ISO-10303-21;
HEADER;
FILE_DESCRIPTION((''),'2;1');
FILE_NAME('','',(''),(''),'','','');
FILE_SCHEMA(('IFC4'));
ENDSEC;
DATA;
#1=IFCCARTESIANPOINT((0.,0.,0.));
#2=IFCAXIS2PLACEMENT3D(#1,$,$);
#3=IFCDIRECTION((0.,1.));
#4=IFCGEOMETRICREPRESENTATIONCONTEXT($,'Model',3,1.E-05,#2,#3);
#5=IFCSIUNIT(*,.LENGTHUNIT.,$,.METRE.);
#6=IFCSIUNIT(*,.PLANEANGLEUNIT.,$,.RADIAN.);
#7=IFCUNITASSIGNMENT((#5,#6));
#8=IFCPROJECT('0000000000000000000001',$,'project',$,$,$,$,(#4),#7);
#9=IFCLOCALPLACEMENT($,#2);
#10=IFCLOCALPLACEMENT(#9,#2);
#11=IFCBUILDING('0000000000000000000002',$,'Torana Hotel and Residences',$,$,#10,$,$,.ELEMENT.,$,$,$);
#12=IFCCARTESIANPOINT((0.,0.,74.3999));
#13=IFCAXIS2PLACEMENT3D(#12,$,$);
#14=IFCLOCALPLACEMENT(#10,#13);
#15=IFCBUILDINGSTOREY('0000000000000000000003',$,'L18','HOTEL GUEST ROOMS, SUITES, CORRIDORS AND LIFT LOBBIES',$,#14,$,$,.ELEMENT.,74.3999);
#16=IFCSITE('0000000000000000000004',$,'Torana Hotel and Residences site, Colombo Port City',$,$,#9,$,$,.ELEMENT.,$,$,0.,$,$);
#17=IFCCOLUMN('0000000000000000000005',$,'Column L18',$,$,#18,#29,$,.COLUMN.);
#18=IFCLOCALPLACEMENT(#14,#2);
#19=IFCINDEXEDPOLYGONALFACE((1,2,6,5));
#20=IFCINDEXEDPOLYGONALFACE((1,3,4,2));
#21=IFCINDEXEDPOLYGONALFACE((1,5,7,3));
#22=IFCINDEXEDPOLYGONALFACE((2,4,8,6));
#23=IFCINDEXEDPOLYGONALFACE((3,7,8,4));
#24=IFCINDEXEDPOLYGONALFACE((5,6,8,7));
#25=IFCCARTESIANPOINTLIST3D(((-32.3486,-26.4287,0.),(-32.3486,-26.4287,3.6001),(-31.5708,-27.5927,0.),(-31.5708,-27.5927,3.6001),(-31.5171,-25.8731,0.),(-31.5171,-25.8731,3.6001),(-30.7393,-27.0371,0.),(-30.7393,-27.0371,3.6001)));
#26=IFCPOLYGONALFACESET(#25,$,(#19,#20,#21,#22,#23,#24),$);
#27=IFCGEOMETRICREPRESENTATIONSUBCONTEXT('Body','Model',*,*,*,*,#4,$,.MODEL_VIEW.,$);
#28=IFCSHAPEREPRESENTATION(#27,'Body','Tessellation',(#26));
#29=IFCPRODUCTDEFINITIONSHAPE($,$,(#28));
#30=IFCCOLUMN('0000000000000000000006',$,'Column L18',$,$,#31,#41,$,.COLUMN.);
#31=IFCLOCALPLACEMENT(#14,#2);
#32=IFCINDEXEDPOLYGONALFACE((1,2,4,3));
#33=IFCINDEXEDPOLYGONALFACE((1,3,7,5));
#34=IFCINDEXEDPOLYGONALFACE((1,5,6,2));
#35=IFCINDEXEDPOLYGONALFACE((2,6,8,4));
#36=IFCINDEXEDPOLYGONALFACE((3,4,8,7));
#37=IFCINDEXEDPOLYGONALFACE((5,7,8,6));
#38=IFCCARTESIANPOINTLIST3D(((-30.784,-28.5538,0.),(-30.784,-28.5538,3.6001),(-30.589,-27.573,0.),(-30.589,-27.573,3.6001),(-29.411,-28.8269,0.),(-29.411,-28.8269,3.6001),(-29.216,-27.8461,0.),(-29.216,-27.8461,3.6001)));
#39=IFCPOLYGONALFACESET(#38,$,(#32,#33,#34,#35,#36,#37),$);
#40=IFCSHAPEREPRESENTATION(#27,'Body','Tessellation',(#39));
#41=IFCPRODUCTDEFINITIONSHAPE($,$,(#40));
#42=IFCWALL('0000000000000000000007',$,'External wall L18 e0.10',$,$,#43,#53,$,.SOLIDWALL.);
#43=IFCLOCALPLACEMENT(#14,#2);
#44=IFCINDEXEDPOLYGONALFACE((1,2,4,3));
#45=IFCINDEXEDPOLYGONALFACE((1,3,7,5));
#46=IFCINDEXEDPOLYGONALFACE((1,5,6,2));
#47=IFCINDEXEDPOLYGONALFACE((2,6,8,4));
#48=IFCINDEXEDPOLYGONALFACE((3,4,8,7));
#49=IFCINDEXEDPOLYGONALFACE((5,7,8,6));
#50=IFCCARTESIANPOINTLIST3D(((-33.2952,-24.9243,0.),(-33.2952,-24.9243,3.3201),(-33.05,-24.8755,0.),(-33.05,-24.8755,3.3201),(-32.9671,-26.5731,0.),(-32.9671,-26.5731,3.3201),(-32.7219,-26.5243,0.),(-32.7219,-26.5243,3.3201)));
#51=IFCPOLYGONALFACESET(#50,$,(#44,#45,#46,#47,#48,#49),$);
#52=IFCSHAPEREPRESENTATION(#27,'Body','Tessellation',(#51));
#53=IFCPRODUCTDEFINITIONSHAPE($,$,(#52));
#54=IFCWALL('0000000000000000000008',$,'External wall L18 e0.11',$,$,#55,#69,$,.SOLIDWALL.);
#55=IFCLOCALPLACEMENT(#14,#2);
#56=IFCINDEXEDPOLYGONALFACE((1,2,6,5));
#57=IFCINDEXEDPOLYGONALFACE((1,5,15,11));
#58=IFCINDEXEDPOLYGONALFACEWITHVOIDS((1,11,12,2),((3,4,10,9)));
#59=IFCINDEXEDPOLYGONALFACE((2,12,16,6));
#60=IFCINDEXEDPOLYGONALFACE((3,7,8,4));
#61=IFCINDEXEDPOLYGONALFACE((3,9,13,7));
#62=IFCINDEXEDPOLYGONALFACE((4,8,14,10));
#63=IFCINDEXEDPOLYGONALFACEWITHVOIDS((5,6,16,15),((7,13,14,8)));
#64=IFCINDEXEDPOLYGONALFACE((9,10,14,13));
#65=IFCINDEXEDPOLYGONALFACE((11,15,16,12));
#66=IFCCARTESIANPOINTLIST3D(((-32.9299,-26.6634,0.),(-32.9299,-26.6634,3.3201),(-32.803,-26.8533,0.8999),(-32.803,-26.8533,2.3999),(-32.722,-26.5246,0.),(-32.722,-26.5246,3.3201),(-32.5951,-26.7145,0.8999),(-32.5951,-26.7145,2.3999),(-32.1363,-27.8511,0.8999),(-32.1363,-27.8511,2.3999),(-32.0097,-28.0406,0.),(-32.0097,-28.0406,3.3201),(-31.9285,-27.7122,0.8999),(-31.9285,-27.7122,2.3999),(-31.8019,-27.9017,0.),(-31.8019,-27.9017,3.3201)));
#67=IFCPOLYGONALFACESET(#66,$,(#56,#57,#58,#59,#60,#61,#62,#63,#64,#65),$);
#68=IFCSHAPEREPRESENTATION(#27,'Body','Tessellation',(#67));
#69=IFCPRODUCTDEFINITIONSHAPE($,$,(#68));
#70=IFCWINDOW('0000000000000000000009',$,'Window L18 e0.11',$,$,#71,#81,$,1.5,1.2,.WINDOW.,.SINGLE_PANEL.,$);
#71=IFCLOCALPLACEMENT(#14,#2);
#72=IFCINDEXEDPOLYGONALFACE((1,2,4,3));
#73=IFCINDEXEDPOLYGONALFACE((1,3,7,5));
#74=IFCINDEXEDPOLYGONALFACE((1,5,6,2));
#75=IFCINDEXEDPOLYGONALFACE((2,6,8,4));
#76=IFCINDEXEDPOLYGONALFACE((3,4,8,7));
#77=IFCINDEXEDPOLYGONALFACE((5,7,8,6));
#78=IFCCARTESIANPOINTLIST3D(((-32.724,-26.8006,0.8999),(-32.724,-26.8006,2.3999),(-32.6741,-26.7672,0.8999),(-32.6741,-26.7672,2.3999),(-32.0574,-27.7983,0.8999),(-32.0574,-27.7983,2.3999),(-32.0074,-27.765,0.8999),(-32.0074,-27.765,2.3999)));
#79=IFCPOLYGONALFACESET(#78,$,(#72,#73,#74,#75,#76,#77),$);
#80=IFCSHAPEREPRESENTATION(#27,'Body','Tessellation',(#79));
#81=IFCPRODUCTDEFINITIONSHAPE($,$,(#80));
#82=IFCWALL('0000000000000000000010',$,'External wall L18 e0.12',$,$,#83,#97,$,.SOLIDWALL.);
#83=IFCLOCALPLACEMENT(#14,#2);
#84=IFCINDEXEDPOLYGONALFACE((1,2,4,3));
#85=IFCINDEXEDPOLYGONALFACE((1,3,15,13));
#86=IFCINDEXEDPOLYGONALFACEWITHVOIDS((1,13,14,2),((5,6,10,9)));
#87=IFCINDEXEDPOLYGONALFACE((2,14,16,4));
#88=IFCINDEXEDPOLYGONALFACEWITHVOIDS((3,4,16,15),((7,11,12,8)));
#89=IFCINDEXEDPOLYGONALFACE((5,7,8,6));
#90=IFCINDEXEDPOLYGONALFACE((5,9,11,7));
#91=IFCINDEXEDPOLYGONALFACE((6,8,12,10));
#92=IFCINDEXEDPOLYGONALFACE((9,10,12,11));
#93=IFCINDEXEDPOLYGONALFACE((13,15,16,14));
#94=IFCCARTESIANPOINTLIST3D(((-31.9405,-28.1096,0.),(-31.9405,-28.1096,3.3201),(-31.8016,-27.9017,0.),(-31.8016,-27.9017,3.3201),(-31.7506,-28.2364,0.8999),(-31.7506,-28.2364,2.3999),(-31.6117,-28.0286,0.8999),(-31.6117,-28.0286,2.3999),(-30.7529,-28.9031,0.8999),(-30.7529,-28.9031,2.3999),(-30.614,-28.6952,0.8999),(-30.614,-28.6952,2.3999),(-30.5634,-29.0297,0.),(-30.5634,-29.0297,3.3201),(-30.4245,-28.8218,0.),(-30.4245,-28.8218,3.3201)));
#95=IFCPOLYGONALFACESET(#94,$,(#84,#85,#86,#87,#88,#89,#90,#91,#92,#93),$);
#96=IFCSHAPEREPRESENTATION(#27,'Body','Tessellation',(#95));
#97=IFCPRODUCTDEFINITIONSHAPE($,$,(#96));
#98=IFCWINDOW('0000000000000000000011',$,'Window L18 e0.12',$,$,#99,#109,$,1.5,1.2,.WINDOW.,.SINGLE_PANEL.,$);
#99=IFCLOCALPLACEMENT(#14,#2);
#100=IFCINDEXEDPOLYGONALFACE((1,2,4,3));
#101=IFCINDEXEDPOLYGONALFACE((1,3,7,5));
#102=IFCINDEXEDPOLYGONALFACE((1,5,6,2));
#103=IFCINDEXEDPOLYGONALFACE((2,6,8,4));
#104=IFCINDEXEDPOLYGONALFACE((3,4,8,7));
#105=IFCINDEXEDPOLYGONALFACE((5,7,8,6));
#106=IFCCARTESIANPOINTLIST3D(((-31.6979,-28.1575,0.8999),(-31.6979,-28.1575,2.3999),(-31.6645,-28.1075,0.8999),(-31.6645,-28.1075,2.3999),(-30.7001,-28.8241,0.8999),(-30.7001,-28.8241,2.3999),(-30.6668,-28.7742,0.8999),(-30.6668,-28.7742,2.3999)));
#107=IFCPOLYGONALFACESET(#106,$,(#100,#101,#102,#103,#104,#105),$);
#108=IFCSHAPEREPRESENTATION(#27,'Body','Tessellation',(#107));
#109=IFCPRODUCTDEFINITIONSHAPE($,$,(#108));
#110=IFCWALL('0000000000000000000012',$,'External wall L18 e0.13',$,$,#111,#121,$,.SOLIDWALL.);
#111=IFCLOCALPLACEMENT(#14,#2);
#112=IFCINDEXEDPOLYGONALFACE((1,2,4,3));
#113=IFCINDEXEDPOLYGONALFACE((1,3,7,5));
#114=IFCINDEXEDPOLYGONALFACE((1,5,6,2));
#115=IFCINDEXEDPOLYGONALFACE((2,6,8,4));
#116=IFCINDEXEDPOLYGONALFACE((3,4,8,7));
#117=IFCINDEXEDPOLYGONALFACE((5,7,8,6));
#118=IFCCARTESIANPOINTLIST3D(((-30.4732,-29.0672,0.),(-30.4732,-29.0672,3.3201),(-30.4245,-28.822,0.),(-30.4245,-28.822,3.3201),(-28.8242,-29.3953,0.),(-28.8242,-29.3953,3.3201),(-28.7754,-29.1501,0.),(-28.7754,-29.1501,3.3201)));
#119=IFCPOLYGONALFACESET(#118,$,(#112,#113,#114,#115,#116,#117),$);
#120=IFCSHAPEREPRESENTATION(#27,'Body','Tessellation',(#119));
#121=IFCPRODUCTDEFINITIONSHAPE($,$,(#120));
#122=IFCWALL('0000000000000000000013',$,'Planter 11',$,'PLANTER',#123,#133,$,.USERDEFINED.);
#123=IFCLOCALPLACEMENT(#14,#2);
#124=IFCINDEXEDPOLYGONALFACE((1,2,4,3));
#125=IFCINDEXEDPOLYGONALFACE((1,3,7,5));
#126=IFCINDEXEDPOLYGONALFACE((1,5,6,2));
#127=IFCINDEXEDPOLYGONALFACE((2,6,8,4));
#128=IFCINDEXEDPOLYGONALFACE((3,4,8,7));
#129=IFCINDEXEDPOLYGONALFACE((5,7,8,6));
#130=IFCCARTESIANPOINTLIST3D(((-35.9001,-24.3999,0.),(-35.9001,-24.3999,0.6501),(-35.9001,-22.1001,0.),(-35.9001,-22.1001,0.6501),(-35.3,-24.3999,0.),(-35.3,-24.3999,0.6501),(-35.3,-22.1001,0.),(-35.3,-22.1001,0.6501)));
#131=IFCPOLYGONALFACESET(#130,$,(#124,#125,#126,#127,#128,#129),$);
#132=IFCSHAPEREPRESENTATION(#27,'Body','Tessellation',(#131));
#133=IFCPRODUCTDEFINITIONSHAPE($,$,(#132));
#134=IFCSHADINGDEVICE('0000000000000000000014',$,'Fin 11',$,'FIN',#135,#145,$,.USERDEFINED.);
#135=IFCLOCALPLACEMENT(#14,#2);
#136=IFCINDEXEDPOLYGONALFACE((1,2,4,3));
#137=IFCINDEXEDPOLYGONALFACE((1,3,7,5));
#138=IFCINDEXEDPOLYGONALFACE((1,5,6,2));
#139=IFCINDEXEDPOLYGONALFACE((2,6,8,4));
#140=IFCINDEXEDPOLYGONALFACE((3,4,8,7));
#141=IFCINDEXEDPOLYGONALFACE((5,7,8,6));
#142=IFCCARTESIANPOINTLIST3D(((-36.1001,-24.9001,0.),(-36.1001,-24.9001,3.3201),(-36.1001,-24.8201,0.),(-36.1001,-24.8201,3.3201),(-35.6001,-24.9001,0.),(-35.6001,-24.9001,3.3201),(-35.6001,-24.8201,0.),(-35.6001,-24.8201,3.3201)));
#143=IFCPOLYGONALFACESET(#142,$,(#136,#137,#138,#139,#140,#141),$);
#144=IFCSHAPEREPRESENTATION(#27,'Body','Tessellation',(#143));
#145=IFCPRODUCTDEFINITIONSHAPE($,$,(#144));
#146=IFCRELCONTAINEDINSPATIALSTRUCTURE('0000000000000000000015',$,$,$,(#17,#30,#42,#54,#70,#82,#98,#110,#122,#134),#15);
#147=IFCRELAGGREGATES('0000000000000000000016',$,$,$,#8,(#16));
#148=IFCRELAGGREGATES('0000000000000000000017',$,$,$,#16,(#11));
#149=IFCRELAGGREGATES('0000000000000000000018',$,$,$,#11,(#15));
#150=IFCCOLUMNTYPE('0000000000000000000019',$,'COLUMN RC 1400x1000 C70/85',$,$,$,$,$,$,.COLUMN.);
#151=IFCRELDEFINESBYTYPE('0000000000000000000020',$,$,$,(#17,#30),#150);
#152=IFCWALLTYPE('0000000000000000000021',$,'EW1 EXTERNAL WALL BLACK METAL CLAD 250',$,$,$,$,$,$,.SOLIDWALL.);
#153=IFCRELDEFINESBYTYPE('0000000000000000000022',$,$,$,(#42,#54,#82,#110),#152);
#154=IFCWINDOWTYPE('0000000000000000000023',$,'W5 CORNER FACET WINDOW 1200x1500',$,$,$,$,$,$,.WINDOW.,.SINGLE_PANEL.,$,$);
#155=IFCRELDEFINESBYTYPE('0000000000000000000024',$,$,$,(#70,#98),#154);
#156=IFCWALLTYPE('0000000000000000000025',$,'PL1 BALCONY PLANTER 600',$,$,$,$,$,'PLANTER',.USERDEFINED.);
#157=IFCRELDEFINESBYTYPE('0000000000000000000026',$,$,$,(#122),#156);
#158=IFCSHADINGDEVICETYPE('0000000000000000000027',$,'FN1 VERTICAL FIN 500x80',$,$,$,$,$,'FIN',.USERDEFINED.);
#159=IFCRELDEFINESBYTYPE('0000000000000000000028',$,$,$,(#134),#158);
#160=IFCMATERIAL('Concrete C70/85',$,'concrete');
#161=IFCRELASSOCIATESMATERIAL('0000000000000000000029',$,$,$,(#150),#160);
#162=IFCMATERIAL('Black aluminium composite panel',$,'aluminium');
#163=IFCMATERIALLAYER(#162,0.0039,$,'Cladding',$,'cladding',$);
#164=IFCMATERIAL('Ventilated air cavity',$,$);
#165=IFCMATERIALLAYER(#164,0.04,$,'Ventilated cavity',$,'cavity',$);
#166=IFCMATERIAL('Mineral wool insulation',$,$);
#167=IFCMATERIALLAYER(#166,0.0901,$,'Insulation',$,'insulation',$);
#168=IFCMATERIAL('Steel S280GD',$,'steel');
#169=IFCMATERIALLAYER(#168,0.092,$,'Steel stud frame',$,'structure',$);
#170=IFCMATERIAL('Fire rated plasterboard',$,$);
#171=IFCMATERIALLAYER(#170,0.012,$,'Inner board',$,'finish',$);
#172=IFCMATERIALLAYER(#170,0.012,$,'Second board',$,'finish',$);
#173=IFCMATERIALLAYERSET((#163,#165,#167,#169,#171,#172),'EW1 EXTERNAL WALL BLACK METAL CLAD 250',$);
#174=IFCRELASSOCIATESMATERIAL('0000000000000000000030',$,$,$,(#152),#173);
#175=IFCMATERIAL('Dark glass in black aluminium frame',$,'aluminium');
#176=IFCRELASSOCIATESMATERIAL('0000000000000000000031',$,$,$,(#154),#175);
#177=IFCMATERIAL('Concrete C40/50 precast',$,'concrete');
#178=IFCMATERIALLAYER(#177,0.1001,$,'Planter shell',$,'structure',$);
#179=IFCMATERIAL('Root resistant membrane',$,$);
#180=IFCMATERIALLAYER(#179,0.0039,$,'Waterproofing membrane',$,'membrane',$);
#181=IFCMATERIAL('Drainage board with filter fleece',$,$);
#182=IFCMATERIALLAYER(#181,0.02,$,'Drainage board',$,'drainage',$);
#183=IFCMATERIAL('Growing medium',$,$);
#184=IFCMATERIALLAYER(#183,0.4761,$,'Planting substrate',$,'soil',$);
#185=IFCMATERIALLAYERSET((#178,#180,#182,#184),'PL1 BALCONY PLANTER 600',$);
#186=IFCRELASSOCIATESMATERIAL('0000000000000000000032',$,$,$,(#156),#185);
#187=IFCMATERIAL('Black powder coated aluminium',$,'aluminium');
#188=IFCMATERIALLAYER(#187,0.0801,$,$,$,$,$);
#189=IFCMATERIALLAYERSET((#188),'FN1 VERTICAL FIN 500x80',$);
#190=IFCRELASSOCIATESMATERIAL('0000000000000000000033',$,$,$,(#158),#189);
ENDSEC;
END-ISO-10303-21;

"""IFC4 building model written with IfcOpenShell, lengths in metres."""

from ifc_helpers import new_model, si_unit, direction, frame, frame_2d, origin, origin_2d, place, context, subcontext, project, spatial, rectangle, extrude, material, layer, layer_set, material_profile, profile_set, type_object, element, fill, save


model = new_model("IFC4")

# Units and contexts
model_context = context("Model", 3, precision=1e-05, world=origin(), true_north=direction((0.0, 1.0)))
body_context = subcontext(model_context, "Body", "Model", "MODEL_VIEW")
ifc_project = project(units=[si_unit("LENGTHUNIT", "METRE"), si_unit("PLANEANGLEUNIT", "RADIAN")], contexts=[model_context])

# Site, building, storey
site_placement = place(None, origin())
site = spatial("IfcSite", under=ifc_project, at=site_placement, Name="Torana Hotel and Residences site, Colombo Port City", CompositionType="ELEMENT", RefElevation=0.0)
building_placement = place(site_placement, origin())
building = spatial("IfcBuilding", under=site, at=building_placement, Name="Torana Hotel and Residences", CompositionType="ELEMENT")
storey_placement = place(building_placement, frame((0.0, 0.0, 74.3999)))
storey = spatial("IfcBuildingStorey", under=building, at=storey_placement, Name="L18", Description="HOTEL GUEST ROOMS, SUITES, CORRIDORS AND LIFT LOBBIES", CompositionType="ELEMENT", Elevation=74.3999)

# Columns
ifc_material_1 = material(Name="Concrete C70/85", Category="concrete")
ifc_material_profile = material_profile(ifc_material_1, rectangle(XDim=1.3999, YDim=1.0, at=origin_2d()), Name="RC 1400x1000")
ifc_profile_set = profile_set([ifc_material_profile], Name="Concrete C70/85")
column_type = type_object("IfcColumnType", Name="COLUMN RC 1400x1000 C70/85", PredefinedType="COLUMN", material=ifc_profile_set)
for number, where, z_axis, x_axis, name in (
    (1, (-31.5439, -26.7329, 0.0), (0.0, 0.0, 1.0), (-0.555585, 0.83146, 0.0), "Column L18"),
    (2, (-30.0, -28.2, 0.0), (0.0, 0.0, 1.0), (-0.980792, 0.195056, 0.0), "Column L18"),
):
    element("IfcColumn", number, at=place(storey_placement, frame(where, z_axis=z_axis, x_axis=x_axis)), inside=storey, type_object=column_type, Name=name, PredefinedType="COLUMN", context=body_context, shape_type="SweptSolid", body=[
        extrude(rectangle(XDim=1.3999, YDim=1.0, at=origin_2d()), origin(), (0.0, 0.0, 1.0), 3.6001),
    ])

# Wall
ifc_material_2 = material(Name="Black aluminium composite panel", Category="aluminium")
ifc_layer_1 = layer(ifc_material_2, 0.0039, Name="Cladding", Category="cladding")
ifc_material_3 = material(Name="Ventilated air cavity")
ifc_layer_2 = layer(ifc_material_3, 0.04, Name="Ventilated cavity", Category="cavity")
ifc_material_4 = material(Name="Mineral wool insulation")
ifc_layer_3 = layer(ifc_material_4, 0.0901, Name="Insulation", Category="insulation")
ifc_material_5 = material(Name="Steel S280GD", Category="steel")
ifc_layer_4 = layer(ifc_material_5, 0.092, Name="Steel stud frame", Category="structure")
ifc_material_6 = material(Name="Fire rated plasterboard")
ifc_layer_5 = layer(ifc_material_6, 0.012, Name="Inner board", Category="finish")
ifc_layer_6 = layer(ifc_material_6, 0.012, Name="Second board", Category="finish")
ifc_layer_set_1 = layer_set([ifc_layer_1, ifc_layer_2, ifc_layer_3, ifc_layer_4, ifc_layer_5, ifc_layer_6], Name="EW1 EXTERNAL WALL BLACK METAL CLAD 250")
wall_type_1 = type_object("IfcWallType", Name="EW1 EXTERNAL WALL BLACK METAL CLAD 250", PredefinedType="SOLIDWALL", material=ifc_layer_set_1)
wall_1_placement = place(storey_placement, frame((-33.1726, -24.8999, 0.0), z_axis=(0.0, 0.0, 1.0), x_axis=(0.195167, -0.98077, 0.0)))
element("IfcWall", 3, at=wall_1_placement, inside=storey, type_object=wall_type_1, Name="External wall L18 e0.10", PredefinedType="SOLIDWALL", context=body_context, shape_type="SweptSolid", body=[
    extrude(rectangle(XDim=1.6812, YDim=0.25, at=frame_2d((0.8406, 0.0))), origin(), (0.0, 0.0, 1.0), 3.3201),
])

# Walls, openings, windows
wall_2_placement = place(storey_placement, frame((-32.8259, -26.594, 0.0), z_axis=(0.0, 0.0, 1.0), x_axis=(0.55555, -0.831483, 0.0)))
wall_2 = element("IfcWall", 4, at=wall_2_placement, inside=storey, type_object=wall_type_1, Name="External wall L18 e0.11", PredefinedType="SOLIDWALL", context=body_context, shape_type="SweptSolid", body=[
    extrude(rectangle(XDim=1.6562, YDim=0.25, at=frame_2d((0.8281, 0.0))), origin(), (0.0, 0.0, 1.0), 3.3201),
])
opening_1_placement = place(wall_2_placement, frame((0.2283, 0.0, 0.8999)))
opening_1 = element("IfcOpeningElement", 5, at=opening_1_placement, cuts=wall_2, PredefinedType="OPENING", context=body_context, shape_type="SweptSolid", body=[
    extrude(rectangle(XDim=1.2, YDim=1.5, at=frame_2d((0.6001, 0.75))), frame((0.0, 0.135, 0.0), z_axis=(0.0, -1.0, 0.0), x_axis=(1.0, 0.0, 0.0)), (0.0, 0.0, 1.0), 0.27),
])
ifc_material_7 = material(Name="Dark glass in black aluminium frame", Category="aluminium")
window_type = type_object("IfcWindowType", Name="W5 CORNER FACET WINDOW 1200x1500", PartitioningType="SINGLE_PANEL", PredefinedType="WINDOW", material=ifc_material_7)
window_1_placement = place(opening_1_placement, origin())
window_1 = element("IfcWindow", 6, at=window_1_placement, inside=storey, type_object=window_type, Name="Window L18 e0.11", OverallHeight=1.5, OverallWidth=1.2, PartitioningType="SINGLE_PANEL", PredefinedType="WINDOW", context=body_context, shape_type="SweptSolid", body=[
    extrude(rectangle(XDim=1.2, YDim=1.5, at=frame_2d((0.6001, 0.75))), frame((0.0, 0.03, 0.0), z_axis=(0.0, -1.0, 0.0), x_axis=(1.0, 0.0, 0.0)), (0.0, 0.0, 1.0), 0.0601),
])
fill(opening_1, window_1)
wall_3_placement = place(storey_placement, frame((-31.8711, -28.0056, 0.0), z_axis=(0.0, 0.0, 1.0), x_axis=(0.831483, -0.55555, 0.0)))
wall_3 = element("IfcWall", 7, at=wall_3_placement, inside=storey, type_object=wall_type_1, Name="External wall L18 e0.12", PredefinedType="SOLIDWALL", context=body_context, shape_type="SweptSolid", body=[
    extrude(rectangle(XDim=1.6562, YDim=0.25, at=frame_2d((0.8281, 0.0))), origin(), (0.0, 0.0, 1.0), 3.3201),
])
opening_2_placement = place(wall_3_placement, frame((0.2283, 0.0, 0.8999)))
opening_2 = element("IfcOpeningElement", 8, at=opening_2_placement, cuts=wall_3, PredefinedType="OPENING", context=body_context, shape_type="SweptSolid", body=[
    extrude(rectangle(XDim=1.2, YDim=1.5, at=frame_2d((0.6001, 0.75))), frame((0.0, 0.135, 0.0), z_axis=(0.0, -1.0, 0.0), x_axis=(1.0, 0.0, 0.0)), (0.0, 0.0, 1.0), 0.27),
])
window_2_placement = place(opening_2_placement, origin())
window_2 = element("IfcWindow", 9, at=window_2_placement, inside=storey, type_object=window_type, Name="Window L18 e0.12", OverallHeight=1.5, OverallWidth=1.2, PartitioningType="SINGLE_PANEL", PredefinedType="WINDOW", context=body_context, shape_type="SweptSolid", body=[
    extrude(rectangle(XDim=1.2, YDim=1.5, at=frame_2d((0.6001, 0.75))), frame((0.0, 0.03, 0.0), z_axis=(0.0, -1.0, 0.0), x_axis=(1.0, 0.0, 0.0)), (0.0, 0.0, 1.0), 0.0601),
])
fill(opening_2, window_2)

# Walls
wall_4_placement = place(storey_placement, frame((-30.449, -28.9446, 0.0), z_axis=(0.0, 0.0, 1.0), x_axis=(0.980776, -0.195139, 0.0)))
element("IfcWall", 10, at=wall_4_placement, inside=storey, type_object=wall_type_1, Name="External wall L18 e0.13", PredefinedType="SOLIDWALL", context=body_context, shape_type="SweptSolid", body=[
    extrude(rectangle(XDim=1.6814, YDim=0.25, at=frame_2d((0.8408, 0.0))), origin(), (0.0, 0.0, 1.0), 3.3201),
])
ifc_material_8 = material(Name="Concrete C40/50 precast", Category="concrete")
ifc_layer_7 = layer(ifc_material_8, 0.1001, Name="Planter shell", Category="structure")
ifc_material_9 = material(Name="Root resistant membrane")
ifc_layer_8 = layer(ifc_material_9, 0.0039, Name="Waterproofing membrane", Category="membrane")
ifc_material_10 = material(Name="Drainage board with filter fleece")
ifc_layer_9 = layer(ifc_material_10, 0.02, Name="Drainage board", Category="drainage")
ifc_material_11 = material(Name="Growing medium")
ifc_layer_10 = layer(ifc_material_11, 0.4761, Name="Planting substrate", Category="soil")
ifc_layer_set_2 = layer_set([ifc_layer_7, ifc_layer_8, ifc_layer_9, ifc_layer_10], Name="PL1 BALCONY PLANTER 600")
wall_type_2 = type_object("IfcWallType", Name="PL1 BALCONY PLANTER 600", ElementType="PLANTER", PredefinedType="USERDEFINED", material=ifc_layer_set_2)
wall_5_placement = place(storey_placement, frame((-35.6001, -24.3999, 0.0), z_axis=(0.0, 0.0, 1.0), x_axis=(0.0, 1.0, 0.0)))
element("IfcWall", 11, at=wall_5_placement, inside=storey, type_object=wall_type_2, Name="Planter 11", ObjectType="PLANTER", PredefinedType="USERDEFINED", context=body_context, shape_type="SweptSolid", body=[
    extrude(rectangle(XDim=2.2998, YDim=0.6001, at=frame_2d((1.1499, 0.0))), origin(), (0.0, 0.0, 1.0), 0.6501),
])

# Shading device
ifc_material_12 = material(Name="Black powder coated aluminium", Category="aluminium")
ifc_layer_11 = layer(ifc_material_12, 0.0801)
ifc_layer_set_3 = layer_set([ifc_layer_11], Name="FN1 VERTICAL FIN 500x80")
shading_device_type = type_object("IfcShadingDeviceType", Name="FN1 VERTICAL FIN 500x80", ElementType="FIN", PredefinedType="USERDEFINED", material=ifc_layer_set_3)
shading_device_placement = place(storey_placement, frame((-35.8501, -24.8601, 0.0), z_axis=(0.0, 0.0, 1.0), x_axis=(0.0, 1.0, 0.0)))
element("IfcShadingDevice", 12, at=shading_device_placement, inside=storey, type_object=shading_device_type, Name="Fin 11", ObjectType="FIN", PredefinedType="USERDEFINED", context=body_context, shape_type="SweptSolid", body=[
    extrude(rectangle(XDim=0.0801, YDim=0.5, at=origin_2d()), origin(), (0.0, 0.0, 1.0), 3.3201),
])

save(model, "model.ifc")
